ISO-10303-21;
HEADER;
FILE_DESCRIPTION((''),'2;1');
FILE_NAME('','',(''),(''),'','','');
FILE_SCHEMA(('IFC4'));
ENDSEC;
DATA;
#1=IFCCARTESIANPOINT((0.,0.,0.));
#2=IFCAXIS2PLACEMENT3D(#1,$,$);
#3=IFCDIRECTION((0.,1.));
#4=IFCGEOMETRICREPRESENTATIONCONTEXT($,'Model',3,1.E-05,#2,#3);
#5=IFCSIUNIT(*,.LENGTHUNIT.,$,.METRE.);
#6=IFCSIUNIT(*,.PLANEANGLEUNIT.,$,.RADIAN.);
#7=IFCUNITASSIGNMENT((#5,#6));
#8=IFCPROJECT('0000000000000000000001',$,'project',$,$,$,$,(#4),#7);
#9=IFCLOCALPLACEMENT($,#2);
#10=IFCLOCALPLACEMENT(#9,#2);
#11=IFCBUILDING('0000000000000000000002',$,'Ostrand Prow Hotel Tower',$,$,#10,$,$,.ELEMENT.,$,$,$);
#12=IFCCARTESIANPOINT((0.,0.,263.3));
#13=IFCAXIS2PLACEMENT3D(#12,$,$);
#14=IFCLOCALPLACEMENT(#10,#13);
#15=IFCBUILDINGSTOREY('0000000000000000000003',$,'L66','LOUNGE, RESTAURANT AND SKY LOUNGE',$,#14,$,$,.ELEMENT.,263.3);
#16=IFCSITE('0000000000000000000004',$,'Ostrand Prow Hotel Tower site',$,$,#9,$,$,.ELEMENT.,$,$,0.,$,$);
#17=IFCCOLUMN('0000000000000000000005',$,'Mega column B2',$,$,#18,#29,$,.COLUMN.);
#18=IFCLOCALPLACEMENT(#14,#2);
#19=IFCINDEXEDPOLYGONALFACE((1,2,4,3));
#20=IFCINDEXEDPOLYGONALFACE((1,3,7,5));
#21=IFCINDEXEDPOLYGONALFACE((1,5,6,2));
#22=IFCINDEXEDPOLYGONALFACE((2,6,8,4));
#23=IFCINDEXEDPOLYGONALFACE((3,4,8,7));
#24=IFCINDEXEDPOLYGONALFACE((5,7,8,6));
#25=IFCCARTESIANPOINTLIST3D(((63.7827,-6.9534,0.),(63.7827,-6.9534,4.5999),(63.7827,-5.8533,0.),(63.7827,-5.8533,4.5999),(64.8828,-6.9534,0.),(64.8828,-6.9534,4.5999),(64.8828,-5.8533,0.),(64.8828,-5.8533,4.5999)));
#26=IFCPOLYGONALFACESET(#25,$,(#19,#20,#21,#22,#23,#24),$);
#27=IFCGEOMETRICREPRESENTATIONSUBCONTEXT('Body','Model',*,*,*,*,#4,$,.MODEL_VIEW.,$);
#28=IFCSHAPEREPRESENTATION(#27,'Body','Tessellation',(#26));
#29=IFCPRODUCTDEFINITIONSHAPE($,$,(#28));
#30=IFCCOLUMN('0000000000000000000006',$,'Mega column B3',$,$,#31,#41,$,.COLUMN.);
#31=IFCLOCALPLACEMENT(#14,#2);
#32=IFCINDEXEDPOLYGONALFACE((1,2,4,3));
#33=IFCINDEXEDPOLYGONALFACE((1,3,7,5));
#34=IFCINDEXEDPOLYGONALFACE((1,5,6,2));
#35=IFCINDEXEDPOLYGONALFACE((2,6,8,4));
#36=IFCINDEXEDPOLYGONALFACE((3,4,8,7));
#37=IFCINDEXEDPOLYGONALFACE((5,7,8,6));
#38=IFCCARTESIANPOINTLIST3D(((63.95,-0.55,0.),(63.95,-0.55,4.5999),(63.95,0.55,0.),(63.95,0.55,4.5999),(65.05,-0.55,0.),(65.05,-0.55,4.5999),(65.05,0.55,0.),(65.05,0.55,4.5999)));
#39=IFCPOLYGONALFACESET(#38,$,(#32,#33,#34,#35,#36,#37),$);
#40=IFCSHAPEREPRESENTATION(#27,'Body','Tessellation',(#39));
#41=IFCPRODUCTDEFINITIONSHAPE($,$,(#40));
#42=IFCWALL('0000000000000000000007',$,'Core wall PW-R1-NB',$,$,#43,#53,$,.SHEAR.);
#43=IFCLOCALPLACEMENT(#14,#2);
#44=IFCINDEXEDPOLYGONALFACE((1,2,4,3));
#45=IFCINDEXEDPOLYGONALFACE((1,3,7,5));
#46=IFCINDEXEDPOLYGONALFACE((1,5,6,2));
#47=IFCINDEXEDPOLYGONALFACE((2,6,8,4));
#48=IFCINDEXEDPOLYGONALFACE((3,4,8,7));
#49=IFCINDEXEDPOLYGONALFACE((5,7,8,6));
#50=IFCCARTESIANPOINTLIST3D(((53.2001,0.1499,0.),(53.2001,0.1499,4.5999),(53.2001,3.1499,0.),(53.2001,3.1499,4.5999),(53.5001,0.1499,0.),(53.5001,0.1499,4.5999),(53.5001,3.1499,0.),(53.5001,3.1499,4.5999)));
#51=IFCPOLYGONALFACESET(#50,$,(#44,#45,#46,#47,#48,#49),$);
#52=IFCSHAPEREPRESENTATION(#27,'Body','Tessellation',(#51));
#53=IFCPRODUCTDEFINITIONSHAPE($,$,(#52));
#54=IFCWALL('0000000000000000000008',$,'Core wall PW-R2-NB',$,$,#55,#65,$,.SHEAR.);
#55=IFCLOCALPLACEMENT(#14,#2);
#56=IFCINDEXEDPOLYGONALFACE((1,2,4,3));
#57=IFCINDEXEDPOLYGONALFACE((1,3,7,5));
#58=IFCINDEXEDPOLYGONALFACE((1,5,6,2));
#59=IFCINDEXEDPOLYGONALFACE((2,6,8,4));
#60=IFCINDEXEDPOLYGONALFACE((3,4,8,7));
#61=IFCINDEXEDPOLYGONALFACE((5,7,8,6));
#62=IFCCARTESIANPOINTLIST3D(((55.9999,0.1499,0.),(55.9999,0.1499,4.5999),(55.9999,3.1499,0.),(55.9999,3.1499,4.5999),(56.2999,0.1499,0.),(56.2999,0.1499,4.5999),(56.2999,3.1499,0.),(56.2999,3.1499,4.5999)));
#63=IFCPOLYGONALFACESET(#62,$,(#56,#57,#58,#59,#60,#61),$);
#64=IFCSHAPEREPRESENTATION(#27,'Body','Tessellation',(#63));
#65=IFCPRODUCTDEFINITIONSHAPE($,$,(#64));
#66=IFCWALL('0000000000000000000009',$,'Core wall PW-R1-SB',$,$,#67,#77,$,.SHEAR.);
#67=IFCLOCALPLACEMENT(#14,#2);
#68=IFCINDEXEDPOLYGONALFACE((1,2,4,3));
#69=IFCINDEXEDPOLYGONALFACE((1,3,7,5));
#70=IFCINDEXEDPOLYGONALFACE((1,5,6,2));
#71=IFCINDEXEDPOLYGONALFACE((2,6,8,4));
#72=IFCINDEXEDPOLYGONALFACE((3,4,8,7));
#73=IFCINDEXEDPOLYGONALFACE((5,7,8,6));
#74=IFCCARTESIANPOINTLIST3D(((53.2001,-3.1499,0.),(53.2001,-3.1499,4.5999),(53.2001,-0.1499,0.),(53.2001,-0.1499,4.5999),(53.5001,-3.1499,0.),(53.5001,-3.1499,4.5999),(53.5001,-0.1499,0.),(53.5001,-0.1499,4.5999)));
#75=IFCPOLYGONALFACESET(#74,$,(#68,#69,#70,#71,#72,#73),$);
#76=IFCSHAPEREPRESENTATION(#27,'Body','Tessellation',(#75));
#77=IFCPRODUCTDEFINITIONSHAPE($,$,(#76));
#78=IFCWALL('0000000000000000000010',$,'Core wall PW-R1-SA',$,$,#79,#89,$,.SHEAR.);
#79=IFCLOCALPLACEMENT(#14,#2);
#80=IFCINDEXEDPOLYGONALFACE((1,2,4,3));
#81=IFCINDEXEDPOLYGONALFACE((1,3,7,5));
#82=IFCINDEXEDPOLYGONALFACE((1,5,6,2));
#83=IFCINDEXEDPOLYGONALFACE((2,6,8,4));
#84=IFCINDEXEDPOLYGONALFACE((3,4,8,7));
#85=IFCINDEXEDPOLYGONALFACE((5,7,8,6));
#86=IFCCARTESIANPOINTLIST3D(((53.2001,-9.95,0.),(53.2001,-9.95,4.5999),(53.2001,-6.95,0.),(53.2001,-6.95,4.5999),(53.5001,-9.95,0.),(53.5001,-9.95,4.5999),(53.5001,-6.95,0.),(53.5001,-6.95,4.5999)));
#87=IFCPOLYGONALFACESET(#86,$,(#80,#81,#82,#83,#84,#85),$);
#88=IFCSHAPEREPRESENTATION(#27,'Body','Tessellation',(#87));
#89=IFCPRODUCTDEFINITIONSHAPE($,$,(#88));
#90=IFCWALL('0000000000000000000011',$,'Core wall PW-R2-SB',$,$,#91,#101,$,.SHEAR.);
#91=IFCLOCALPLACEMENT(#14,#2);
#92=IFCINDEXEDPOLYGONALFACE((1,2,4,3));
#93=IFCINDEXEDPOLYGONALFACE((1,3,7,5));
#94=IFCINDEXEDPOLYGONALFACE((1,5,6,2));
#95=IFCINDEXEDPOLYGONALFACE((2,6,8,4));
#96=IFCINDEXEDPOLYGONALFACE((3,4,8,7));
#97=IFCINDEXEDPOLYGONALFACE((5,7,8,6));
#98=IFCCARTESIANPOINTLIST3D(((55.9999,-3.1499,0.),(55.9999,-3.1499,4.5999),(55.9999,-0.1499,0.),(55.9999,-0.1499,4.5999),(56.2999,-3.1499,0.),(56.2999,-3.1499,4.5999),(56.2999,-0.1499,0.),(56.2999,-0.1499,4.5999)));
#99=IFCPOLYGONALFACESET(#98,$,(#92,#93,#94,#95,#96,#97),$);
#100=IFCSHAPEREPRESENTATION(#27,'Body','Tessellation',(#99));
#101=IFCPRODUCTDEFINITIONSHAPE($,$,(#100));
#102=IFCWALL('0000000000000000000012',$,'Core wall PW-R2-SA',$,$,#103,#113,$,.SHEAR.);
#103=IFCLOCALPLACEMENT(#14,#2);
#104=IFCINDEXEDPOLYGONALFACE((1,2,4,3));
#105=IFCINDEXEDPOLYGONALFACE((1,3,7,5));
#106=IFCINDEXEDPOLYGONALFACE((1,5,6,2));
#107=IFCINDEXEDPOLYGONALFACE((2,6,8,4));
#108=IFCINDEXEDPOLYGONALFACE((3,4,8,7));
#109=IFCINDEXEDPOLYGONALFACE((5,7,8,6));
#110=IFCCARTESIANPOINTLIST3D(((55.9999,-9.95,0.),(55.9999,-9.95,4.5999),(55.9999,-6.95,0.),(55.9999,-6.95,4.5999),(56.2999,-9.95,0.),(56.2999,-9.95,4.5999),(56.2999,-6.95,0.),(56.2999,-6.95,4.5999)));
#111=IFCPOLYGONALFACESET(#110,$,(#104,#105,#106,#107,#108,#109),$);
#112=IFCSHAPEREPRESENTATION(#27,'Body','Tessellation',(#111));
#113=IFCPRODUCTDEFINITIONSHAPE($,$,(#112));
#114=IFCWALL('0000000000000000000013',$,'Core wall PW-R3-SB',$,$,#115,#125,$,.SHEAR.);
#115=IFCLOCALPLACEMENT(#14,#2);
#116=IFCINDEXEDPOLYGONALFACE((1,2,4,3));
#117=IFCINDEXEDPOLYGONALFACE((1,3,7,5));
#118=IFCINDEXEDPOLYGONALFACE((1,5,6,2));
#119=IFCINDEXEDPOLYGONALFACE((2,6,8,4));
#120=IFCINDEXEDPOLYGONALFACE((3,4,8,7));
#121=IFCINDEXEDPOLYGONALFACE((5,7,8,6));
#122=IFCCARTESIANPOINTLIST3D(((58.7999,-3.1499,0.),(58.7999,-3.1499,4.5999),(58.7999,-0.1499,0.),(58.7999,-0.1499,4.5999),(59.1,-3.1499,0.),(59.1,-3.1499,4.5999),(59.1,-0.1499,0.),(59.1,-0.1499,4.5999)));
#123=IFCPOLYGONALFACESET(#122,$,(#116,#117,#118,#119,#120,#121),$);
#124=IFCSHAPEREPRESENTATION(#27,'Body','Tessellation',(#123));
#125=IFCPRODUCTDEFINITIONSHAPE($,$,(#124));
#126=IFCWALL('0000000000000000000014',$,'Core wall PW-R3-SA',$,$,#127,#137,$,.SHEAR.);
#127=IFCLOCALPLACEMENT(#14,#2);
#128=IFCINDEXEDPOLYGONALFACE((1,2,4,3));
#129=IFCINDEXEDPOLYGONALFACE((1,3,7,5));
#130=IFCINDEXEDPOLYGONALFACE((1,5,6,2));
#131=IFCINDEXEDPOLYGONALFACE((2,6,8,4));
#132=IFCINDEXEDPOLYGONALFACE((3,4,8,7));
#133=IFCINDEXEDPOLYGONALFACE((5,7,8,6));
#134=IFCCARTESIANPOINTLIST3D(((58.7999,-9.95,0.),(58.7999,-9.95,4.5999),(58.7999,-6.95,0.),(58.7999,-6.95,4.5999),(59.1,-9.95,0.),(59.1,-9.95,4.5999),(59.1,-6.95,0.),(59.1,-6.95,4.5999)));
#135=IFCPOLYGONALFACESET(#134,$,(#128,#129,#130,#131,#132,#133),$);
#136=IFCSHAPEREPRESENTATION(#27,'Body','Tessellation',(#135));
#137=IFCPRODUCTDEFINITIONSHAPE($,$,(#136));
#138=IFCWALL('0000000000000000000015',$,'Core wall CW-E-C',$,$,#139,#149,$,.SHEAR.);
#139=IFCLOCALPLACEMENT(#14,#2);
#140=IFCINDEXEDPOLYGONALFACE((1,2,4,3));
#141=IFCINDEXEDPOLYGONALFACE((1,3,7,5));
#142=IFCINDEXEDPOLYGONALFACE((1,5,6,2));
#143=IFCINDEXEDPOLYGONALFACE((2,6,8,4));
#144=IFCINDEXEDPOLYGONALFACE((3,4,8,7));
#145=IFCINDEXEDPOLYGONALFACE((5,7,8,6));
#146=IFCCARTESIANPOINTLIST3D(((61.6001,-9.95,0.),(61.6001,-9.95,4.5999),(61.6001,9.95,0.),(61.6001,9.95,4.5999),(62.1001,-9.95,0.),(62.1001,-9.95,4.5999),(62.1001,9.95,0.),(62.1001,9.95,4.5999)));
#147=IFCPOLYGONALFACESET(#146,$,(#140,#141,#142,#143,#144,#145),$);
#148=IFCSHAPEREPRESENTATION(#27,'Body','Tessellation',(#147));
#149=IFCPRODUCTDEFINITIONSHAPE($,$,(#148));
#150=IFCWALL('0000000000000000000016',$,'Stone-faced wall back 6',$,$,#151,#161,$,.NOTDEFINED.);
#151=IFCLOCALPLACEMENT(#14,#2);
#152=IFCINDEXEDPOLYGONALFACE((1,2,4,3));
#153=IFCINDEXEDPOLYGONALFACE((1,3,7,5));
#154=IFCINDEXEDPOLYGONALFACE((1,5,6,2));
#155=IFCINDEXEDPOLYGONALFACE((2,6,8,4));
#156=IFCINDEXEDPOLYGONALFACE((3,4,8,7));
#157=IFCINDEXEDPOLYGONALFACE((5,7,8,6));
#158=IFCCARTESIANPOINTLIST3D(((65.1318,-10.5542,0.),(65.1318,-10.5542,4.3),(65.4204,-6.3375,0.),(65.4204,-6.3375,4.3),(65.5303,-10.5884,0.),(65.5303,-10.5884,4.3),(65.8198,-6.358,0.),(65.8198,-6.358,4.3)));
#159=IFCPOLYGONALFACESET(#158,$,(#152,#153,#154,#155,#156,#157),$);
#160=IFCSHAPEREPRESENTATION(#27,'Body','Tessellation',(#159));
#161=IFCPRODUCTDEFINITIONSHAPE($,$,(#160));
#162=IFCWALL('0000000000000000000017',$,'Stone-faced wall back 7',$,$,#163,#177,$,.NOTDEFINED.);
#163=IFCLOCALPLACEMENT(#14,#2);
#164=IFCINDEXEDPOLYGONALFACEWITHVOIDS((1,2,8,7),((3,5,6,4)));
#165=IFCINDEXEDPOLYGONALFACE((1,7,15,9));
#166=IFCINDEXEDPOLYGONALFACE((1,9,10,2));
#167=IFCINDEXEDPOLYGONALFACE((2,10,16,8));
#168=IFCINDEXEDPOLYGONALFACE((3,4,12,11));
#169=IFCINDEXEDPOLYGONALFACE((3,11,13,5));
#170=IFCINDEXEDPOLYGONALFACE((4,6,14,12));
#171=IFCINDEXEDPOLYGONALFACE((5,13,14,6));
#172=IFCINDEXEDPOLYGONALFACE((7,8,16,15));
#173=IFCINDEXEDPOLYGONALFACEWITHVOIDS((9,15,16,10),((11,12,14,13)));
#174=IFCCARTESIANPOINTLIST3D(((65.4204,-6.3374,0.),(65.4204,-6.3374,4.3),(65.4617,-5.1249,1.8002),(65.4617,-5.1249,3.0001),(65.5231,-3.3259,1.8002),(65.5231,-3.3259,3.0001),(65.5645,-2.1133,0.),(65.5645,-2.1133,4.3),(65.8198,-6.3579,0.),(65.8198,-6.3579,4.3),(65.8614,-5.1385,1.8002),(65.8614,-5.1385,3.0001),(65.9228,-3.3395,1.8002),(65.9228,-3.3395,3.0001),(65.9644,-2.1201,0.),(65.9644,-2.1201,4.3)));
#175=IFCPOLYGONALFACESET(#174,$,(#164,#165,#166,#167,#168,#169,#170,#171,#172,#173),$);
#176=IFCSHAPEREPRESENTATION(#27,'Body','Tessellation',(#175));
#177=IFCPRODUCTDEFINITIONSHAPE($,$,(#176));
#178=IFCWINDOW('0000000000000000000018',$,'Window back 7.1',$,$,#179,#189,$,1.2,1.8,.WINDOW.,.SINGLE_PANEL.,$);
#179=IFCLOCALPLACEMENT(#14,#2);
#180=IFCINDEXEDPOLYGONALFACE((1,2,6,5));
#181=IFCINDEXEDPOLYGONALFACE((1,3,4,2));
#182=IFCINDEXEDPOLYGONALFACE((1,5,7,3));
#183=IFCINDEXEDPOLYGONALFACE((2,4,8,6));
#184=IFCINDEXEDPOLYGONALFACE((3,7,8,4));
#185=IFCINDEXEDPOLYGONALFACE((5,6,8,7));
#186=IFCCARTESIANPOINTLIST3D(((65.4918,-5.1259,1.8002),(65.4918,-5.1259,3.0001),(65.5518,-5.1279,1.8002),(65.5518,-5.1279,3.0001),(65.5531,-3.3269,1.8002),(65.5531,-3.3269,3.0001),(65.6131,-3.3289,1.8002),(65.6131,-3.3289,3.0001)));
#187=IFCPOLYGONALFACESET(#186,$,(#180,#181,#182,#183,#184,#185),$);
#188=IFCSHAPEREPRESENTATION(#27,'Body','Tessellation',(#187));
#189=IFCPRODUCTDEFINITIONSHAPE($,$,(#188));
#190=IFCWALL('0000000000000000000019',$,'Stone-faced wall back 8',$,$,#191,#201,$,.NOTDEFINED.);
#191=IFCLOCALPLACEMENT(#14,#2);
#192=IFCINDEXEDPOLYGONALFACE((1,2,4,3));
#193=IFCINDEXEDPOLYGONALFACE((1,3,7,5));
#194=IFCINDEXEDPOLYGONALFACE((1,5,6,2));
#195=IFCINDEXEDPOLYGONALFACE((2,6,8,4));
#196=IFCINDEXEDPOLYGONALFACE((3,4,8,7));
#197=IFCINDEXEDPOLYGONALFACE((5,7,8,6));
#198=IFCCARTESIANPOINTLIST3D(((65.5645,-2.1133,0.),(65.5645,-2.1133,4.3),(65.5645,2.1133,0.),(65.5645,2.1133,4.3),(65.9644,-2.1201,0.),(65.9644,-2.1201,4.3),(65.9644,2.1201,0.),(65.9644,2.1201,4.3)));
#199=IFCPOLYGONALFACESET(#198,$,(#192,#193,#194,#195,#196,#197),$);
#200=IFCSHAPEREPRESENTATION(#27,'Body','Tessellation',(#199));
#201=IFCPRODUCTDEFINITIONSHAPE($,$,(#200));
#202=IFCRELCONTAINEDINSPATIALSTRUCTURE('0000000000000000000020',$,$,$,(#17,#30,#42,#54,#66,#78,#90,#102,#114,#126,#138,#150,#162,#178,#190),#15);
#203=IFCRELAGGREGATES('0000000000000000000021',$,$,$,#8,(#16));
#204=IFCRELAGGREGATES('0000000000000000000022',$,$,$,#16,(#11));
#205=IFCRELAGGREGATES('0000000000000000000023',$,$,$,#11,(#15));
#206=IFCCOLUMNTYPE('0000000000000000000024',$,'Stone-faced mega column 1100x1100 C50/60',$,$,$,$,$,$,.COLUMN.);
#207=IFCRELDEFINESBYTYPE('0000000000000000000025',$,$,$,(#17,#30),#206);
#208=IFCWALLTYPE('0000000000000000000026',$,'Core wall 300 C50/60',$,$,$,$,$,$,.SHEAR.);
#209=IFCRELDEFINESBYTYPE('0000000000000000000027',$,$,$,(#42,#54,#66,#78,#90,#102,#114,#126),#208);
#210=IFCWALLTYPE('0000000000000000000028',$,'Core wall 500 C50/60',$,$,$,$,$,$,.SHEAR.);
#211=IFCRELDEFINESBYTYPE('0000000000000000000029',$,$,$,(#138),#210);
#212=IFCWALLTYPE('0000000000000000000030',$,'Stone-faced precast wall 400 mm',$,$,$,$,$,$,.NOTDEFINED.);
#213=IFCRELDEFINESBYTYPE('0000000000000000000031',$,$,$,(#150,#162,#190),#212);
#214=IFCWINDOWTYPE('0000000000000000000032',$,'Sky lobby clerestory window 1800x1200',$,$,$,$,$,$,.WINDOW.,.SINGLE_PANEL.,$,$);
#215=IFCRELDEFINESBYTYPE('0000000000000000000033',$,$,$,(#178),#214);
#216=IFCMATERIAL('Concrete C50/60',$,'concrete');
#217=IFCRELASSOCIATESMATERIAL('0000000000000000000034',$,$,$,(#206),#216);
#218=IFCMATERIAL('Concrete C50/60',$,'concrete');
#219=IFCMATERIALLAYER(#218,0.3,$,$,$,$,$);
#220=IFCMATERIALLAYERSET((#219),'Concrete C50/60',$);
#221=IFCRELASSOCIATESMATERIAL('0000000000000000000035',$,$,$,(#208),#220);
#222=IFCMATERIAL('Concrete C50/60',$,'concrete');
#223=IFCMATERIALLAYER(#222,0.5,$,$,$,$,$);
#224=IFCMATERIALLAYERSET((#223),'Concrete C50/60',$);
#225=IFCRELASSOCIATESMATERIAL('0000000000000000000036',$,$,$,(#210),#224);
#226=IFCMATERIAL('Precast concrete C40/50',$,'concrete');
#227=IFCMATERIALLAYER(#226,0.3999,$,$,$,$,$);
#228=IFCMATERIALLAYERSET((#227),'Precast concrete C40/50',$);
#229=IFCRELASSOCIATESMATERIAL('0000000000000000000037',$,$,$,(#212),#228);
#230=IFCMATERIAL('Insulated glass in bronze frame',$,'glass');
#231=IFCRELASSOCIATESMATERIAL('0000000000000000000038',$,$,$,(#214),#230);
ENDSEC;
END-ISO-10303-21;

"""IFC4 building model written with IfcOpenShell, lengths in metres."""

from ifc_helpers import new_model, si_unit, direction, frame, frame_2d, origin, origin_2d, place, context, subcontext, project, spatial, polyline, rectangle, outline, extrude, material, layer, layer_set, material_profile, profile_set, type_object, element, fill, save


model = new_model("IFC4")

# Units and contexts
model_context = context("Model", 3, precision=1e-05, world=origin(), true_north=direction((0.0, 1.0)))
body_context = subcontext(model_context, "Body", "Model", "MODEL_VIEW")
ifc_project = project(units=[si_unit("LENGTHUNIT", "METRE"), si_unit("PLANEANGLEUNIT", "RADIAN")], contexts=[model_context])

# Site, building, storey
site_placement = place(None, origin())
site = spatial("IfcSite", under=ifc_project, at=site_placement, Name="Ostrand Prow Hotel Tower site", CompositionType="ELEMENT", RefElevation=0.0)
building_placement = place(site_placement, origin())
building = spatial("IfcBuilding", under=site, at=building_placement, Name="Ostrand Prow Hotel Tower", CompositionType="ELEMENT")
storey_placement = place(building_placement, frame((0.0, 0.0, 263.3)))
storey = spatial("IfcBuildingStorey", under=building, at=storey_placement, Name="L66", Description="LOUNGE, RESTAURANT AND SKY LOUNGE", CompositionType="ELEMENT", Elevation=263.3)

# Columns
ifc_material_1 = material(Name="Concrete C50/60", Category="concrete")
ifc_material_profile = material_profile(ifc_material_1, rectangle(XDim=1.1001, YDim=1.1001, at=origin_2d()), Name="RC 1100x1100")
ifc_profile_set = profile_set([ifc_material_profile], Name="Concrete C50/60")
column_type = type_object("IfcColumnType", Name="Stone-faced mega column 1100x1100 C50/60", PredefinedType="COLUMN", material=ifc_profile_set)
for number, where, z_axis, x_axis, name in (
    (1, (64.3328, -6.4033, 0.0), (0.0, 0.0, 1.0), (1.0, 0.0, 0.0), "Mega column B2"),
    (2, (64.5, 0.0, 0.0), (0.0, 0.0, 1.0), (1.0, 0.0, 0.0), "Mega column B3"),
):
    element("IfcColumn", number, at=place(storey_placement, frame(where, z_axis=z_axis, x_axis=x_axis)), inside=storey, type_object=column_type, Name=name, PredefinedType="COLUMN", context=body_context, shape_type="SweptSolid", body=[
        extrude(rectangle(XDim=1.1001, YDim=1.1001, at=origin_2d()), origin(), (0.0, 0.0, 1.0), 4.5999),
    ])

# Walls
ifc_material_2 = material(Name="Concrete C50/60", Category="concrete")
ifc_layer_1 = layer(ifc_material_2, 0.3)
ifc_layer_set_1 = layer_set([ifc_layer_1], Name="Concrete C50/60")
wall_type_1 = type_object("IfcWallType", Name="Core wall 300 C50/60", PredefinedType="SHEAR", material=ifc_layer_set_1)
for number, where, z_axis, x_axis, name in (
    (3, (53.3501, 0.1499, 0.0), (0.0, 0.0, 1.0), (0.0, 1.0, 0.0), "Core wall PW-R1-NB"),
    (4, (56.1499, 0.1499, 0.0), (0.0, 0.0, 1.0), (0.0, 1.0, 0.0), "Core wall PW-R2-NB"),
    (5, (53.3501, -3.1499, 0.0), (0.0, 0.0, 1.0), (0.0, 1.0, 0.0), "Core wall PW-R1-SB"),
    (6, (53.3501, -9.95, 0.0), (0.0, 0.0, 1.0), (0.0, 1.0, 0.0), "Core wall PW-R1-SA"),
    (7, (56.1499, -3.1499, 0.0), (0.0, 0.0, 1.0), (0.0, 1.0, 0.0), "Core wall PW-R2-SB"),
    (8, (56.1499, -9.95, 0.0), (0.0, 0.0, 1.0), (0.0, 1.0, 0.0), "Core wall PW-R2-SA"),
    (9, (58.95, -3.1499, 0.0), (0.0, 0.0, 1.0), (0.0, 1.0, 0.0), "Core wall PW-R3-SB"),
    (10, (58.95, -9.95, 0.0), (0.0, 0.0, 1.0), (0.0, 1.0, 0.0), "Core wall PW-R3-SA"),
):
    element("IfcWall", number, at=place(storey_placement, frame(where, z_axis=z_axis, x_axis=x_axis)), inside=storey, type_object=wall_type_1, Name=name, PredefinedType="SHEAR", context=body_context, shape_type="SweptSolid", body=[
        extrude(rectangle(XDim=3.0, YDim=0.3, at=frame_2d((1.5, 0.0))), origin(), (0.0, 0.0, 1.0), 4.5999),
    ])
ifc_material_3 = material(Name="Concrete C50/60", Category="concrete")
ifc_layer_2 = layer(ifc_material_3, 0.5)
ifc_layer_set_2 = layer_set([ifc_layer_2], Name="Concrete C50/60")
wall_type_2 = type_object("IfcWallType", Name="Core wall 500 C50/60", PredefinedType="SHEAR", material=ifc_layer_set_2)
wall_1_placement = place(storey_placement, frame((61.8501, -9.95, 0.0), z_axis=(0.0, 0.0, 1.0), x_axis=(0.0, 1.0, 0.0)))
element("IfcWall", 11, at=wall_1_placement, inside=storey, type_object=wall_type_2, Name="Core wall CW-E-C", PredefinedType="SHEAR", context=body_context, shape_type="SweptSolid", body=[
    extrude(rectangle(XDim=19.8999, YDim=0.5, at=frame_2d((9.95, 0.0))), origin(), (0.0, 0.0, 1.0), 4.5999),
])
ifc_material_4 = material(Name="Precast concrete C40/50", Category="concrete")
ifc_layer_3 = layer(ifc_material_4, 0.3999)
ifc_layer_set_3 = layer_set([ifc_layer_3], Name="Precast concrete C40/50")
wall_type_3 = type_object("IfcWallType", Name="Stone-faced precast wall 400 mm", PredefinedType="NOTDEFINED", material=ifc_layer_set_3)
wall_2_placement = place(storey_placement, frame((65.3311, -10.5713, 0.0), z_axis=(0.0, 0.0, 1.0), x_axis=(0.06828, 0.997666, 0.0)))
element("IfcWall", 12, at=wall_2_placement, inside=storey, type_object=wall_type_3, Name="Stone-faced wall back 6", PredefinedType="NOTDEFINED", context=body_context, shape_type="SweptSolid", body=[
    extrude(outline(polyline([(-0.0034, -0.2), (4.2368, -0.2), (4.23, 0.2), (0.0034, 0.2), (-0.0034, -0.2)])), origin(), (0.0, 0.0, 1.0), 4.3),
])

# Wall, opening, window
wall_3_placement = place(storey_placement, frame((65.6201, -6.3477, 0.0), z_axis=(0.0, 0.0, 1.0), x_axis=(0.034083, 0.999419, 0.0)))
wall_3 = element("IfcWall", 13, at=wall_3_placement, inside=storey, type_object=wall_type_3, Name="Stone-faced wall back 7", PredefinedType="NOTDEFINED", context=body_context, shape_type="SweptSolid", body=[
    extrude(outline(polyline([(-0.0034, -0.2), (4.2368, -0.2), (4.23, 0.2), (0.0034, 0.2), (-0.0034, -0.2)])), origin(), (0.0, 0.0, 1.0), 4.3),
])
opening_placement = place(wall_3_placement, frame((1.2168, 0.0, 1.8)))
opening = element("IfcOpeningElement", 14, at=opening_placement, cuts=wall_3, PredefinedType="OPENING", context=body_context, shape_type="SweptSolid", body=[
    extrude(rectangle(XDim=1.8, YDim=1.2, at=frame_2d((0.8999, 0.6001))), frame((0.0, 0.21, 0.0), z_axis=(0.0, -1.0, 0.0), x_axis=(1.0, 0.0, 0.0)), (0.0, 0.0, 1.0), 0.4199),
])
ifc_material_5 = material(Name="Insulated glass in bronze frame", Category="glass")
window_type = type_object("IfcWindowType", Name="Sky lobby clerestory window 1800x1200", PartitioningType="SINGLE_PANEL", PredefinedType="WINDOW", material=ifc_material_5)
window_placement = place(opening_placement, origin())
window = element("IfcWindow", 15, at=window_placement, inside=storey, type_object=window_type, Name="Window back 7.1", OverallHeight=1.2, OverallWidth=1.8, PartitioningType="SINGLE_PANEL", PredefinedType="WINDOW", context=body_context, shape_type="SweptSolid", body=[
    extrude(rectangle(XDim=1.8, YDim=1.2, at=frame_2d((0.8999, 0.6001))), frame((0.0, 0.1699, 0.0), z_axis=(0.0, -1.0, 0.0), x_axis=(1.0, 0.0, 0.0)), (0.0, 0.0, 1.0), 0.0601),
])
fill(opening, window)

# Wall
wall_4_placement = place(storey_placement, frame((65.7644, -2.1167, 0.0), z_axis=(0.0, 0.0, 1.0), x_axis=(0.0, 1.0, 0.0)))
element("IfcWall", 16, at=wall_4_placement, inside=storey, type_object=wall_type_3, Name="Stone-faced wall back 8", PredefinedType="NOTDEFINED", context=body_context, shape_type="SweptSolid", body=[
    extrude(outline(polyline([(-0.0034, -0.2), (4.2368, -0.2), (4.23, 0.2), (0.0034, 0.2), (-0.0034, -0.2)])), origin(), (0.0, 0.0, 1.0), 4.3),
])

save(model, "model.ifc")
